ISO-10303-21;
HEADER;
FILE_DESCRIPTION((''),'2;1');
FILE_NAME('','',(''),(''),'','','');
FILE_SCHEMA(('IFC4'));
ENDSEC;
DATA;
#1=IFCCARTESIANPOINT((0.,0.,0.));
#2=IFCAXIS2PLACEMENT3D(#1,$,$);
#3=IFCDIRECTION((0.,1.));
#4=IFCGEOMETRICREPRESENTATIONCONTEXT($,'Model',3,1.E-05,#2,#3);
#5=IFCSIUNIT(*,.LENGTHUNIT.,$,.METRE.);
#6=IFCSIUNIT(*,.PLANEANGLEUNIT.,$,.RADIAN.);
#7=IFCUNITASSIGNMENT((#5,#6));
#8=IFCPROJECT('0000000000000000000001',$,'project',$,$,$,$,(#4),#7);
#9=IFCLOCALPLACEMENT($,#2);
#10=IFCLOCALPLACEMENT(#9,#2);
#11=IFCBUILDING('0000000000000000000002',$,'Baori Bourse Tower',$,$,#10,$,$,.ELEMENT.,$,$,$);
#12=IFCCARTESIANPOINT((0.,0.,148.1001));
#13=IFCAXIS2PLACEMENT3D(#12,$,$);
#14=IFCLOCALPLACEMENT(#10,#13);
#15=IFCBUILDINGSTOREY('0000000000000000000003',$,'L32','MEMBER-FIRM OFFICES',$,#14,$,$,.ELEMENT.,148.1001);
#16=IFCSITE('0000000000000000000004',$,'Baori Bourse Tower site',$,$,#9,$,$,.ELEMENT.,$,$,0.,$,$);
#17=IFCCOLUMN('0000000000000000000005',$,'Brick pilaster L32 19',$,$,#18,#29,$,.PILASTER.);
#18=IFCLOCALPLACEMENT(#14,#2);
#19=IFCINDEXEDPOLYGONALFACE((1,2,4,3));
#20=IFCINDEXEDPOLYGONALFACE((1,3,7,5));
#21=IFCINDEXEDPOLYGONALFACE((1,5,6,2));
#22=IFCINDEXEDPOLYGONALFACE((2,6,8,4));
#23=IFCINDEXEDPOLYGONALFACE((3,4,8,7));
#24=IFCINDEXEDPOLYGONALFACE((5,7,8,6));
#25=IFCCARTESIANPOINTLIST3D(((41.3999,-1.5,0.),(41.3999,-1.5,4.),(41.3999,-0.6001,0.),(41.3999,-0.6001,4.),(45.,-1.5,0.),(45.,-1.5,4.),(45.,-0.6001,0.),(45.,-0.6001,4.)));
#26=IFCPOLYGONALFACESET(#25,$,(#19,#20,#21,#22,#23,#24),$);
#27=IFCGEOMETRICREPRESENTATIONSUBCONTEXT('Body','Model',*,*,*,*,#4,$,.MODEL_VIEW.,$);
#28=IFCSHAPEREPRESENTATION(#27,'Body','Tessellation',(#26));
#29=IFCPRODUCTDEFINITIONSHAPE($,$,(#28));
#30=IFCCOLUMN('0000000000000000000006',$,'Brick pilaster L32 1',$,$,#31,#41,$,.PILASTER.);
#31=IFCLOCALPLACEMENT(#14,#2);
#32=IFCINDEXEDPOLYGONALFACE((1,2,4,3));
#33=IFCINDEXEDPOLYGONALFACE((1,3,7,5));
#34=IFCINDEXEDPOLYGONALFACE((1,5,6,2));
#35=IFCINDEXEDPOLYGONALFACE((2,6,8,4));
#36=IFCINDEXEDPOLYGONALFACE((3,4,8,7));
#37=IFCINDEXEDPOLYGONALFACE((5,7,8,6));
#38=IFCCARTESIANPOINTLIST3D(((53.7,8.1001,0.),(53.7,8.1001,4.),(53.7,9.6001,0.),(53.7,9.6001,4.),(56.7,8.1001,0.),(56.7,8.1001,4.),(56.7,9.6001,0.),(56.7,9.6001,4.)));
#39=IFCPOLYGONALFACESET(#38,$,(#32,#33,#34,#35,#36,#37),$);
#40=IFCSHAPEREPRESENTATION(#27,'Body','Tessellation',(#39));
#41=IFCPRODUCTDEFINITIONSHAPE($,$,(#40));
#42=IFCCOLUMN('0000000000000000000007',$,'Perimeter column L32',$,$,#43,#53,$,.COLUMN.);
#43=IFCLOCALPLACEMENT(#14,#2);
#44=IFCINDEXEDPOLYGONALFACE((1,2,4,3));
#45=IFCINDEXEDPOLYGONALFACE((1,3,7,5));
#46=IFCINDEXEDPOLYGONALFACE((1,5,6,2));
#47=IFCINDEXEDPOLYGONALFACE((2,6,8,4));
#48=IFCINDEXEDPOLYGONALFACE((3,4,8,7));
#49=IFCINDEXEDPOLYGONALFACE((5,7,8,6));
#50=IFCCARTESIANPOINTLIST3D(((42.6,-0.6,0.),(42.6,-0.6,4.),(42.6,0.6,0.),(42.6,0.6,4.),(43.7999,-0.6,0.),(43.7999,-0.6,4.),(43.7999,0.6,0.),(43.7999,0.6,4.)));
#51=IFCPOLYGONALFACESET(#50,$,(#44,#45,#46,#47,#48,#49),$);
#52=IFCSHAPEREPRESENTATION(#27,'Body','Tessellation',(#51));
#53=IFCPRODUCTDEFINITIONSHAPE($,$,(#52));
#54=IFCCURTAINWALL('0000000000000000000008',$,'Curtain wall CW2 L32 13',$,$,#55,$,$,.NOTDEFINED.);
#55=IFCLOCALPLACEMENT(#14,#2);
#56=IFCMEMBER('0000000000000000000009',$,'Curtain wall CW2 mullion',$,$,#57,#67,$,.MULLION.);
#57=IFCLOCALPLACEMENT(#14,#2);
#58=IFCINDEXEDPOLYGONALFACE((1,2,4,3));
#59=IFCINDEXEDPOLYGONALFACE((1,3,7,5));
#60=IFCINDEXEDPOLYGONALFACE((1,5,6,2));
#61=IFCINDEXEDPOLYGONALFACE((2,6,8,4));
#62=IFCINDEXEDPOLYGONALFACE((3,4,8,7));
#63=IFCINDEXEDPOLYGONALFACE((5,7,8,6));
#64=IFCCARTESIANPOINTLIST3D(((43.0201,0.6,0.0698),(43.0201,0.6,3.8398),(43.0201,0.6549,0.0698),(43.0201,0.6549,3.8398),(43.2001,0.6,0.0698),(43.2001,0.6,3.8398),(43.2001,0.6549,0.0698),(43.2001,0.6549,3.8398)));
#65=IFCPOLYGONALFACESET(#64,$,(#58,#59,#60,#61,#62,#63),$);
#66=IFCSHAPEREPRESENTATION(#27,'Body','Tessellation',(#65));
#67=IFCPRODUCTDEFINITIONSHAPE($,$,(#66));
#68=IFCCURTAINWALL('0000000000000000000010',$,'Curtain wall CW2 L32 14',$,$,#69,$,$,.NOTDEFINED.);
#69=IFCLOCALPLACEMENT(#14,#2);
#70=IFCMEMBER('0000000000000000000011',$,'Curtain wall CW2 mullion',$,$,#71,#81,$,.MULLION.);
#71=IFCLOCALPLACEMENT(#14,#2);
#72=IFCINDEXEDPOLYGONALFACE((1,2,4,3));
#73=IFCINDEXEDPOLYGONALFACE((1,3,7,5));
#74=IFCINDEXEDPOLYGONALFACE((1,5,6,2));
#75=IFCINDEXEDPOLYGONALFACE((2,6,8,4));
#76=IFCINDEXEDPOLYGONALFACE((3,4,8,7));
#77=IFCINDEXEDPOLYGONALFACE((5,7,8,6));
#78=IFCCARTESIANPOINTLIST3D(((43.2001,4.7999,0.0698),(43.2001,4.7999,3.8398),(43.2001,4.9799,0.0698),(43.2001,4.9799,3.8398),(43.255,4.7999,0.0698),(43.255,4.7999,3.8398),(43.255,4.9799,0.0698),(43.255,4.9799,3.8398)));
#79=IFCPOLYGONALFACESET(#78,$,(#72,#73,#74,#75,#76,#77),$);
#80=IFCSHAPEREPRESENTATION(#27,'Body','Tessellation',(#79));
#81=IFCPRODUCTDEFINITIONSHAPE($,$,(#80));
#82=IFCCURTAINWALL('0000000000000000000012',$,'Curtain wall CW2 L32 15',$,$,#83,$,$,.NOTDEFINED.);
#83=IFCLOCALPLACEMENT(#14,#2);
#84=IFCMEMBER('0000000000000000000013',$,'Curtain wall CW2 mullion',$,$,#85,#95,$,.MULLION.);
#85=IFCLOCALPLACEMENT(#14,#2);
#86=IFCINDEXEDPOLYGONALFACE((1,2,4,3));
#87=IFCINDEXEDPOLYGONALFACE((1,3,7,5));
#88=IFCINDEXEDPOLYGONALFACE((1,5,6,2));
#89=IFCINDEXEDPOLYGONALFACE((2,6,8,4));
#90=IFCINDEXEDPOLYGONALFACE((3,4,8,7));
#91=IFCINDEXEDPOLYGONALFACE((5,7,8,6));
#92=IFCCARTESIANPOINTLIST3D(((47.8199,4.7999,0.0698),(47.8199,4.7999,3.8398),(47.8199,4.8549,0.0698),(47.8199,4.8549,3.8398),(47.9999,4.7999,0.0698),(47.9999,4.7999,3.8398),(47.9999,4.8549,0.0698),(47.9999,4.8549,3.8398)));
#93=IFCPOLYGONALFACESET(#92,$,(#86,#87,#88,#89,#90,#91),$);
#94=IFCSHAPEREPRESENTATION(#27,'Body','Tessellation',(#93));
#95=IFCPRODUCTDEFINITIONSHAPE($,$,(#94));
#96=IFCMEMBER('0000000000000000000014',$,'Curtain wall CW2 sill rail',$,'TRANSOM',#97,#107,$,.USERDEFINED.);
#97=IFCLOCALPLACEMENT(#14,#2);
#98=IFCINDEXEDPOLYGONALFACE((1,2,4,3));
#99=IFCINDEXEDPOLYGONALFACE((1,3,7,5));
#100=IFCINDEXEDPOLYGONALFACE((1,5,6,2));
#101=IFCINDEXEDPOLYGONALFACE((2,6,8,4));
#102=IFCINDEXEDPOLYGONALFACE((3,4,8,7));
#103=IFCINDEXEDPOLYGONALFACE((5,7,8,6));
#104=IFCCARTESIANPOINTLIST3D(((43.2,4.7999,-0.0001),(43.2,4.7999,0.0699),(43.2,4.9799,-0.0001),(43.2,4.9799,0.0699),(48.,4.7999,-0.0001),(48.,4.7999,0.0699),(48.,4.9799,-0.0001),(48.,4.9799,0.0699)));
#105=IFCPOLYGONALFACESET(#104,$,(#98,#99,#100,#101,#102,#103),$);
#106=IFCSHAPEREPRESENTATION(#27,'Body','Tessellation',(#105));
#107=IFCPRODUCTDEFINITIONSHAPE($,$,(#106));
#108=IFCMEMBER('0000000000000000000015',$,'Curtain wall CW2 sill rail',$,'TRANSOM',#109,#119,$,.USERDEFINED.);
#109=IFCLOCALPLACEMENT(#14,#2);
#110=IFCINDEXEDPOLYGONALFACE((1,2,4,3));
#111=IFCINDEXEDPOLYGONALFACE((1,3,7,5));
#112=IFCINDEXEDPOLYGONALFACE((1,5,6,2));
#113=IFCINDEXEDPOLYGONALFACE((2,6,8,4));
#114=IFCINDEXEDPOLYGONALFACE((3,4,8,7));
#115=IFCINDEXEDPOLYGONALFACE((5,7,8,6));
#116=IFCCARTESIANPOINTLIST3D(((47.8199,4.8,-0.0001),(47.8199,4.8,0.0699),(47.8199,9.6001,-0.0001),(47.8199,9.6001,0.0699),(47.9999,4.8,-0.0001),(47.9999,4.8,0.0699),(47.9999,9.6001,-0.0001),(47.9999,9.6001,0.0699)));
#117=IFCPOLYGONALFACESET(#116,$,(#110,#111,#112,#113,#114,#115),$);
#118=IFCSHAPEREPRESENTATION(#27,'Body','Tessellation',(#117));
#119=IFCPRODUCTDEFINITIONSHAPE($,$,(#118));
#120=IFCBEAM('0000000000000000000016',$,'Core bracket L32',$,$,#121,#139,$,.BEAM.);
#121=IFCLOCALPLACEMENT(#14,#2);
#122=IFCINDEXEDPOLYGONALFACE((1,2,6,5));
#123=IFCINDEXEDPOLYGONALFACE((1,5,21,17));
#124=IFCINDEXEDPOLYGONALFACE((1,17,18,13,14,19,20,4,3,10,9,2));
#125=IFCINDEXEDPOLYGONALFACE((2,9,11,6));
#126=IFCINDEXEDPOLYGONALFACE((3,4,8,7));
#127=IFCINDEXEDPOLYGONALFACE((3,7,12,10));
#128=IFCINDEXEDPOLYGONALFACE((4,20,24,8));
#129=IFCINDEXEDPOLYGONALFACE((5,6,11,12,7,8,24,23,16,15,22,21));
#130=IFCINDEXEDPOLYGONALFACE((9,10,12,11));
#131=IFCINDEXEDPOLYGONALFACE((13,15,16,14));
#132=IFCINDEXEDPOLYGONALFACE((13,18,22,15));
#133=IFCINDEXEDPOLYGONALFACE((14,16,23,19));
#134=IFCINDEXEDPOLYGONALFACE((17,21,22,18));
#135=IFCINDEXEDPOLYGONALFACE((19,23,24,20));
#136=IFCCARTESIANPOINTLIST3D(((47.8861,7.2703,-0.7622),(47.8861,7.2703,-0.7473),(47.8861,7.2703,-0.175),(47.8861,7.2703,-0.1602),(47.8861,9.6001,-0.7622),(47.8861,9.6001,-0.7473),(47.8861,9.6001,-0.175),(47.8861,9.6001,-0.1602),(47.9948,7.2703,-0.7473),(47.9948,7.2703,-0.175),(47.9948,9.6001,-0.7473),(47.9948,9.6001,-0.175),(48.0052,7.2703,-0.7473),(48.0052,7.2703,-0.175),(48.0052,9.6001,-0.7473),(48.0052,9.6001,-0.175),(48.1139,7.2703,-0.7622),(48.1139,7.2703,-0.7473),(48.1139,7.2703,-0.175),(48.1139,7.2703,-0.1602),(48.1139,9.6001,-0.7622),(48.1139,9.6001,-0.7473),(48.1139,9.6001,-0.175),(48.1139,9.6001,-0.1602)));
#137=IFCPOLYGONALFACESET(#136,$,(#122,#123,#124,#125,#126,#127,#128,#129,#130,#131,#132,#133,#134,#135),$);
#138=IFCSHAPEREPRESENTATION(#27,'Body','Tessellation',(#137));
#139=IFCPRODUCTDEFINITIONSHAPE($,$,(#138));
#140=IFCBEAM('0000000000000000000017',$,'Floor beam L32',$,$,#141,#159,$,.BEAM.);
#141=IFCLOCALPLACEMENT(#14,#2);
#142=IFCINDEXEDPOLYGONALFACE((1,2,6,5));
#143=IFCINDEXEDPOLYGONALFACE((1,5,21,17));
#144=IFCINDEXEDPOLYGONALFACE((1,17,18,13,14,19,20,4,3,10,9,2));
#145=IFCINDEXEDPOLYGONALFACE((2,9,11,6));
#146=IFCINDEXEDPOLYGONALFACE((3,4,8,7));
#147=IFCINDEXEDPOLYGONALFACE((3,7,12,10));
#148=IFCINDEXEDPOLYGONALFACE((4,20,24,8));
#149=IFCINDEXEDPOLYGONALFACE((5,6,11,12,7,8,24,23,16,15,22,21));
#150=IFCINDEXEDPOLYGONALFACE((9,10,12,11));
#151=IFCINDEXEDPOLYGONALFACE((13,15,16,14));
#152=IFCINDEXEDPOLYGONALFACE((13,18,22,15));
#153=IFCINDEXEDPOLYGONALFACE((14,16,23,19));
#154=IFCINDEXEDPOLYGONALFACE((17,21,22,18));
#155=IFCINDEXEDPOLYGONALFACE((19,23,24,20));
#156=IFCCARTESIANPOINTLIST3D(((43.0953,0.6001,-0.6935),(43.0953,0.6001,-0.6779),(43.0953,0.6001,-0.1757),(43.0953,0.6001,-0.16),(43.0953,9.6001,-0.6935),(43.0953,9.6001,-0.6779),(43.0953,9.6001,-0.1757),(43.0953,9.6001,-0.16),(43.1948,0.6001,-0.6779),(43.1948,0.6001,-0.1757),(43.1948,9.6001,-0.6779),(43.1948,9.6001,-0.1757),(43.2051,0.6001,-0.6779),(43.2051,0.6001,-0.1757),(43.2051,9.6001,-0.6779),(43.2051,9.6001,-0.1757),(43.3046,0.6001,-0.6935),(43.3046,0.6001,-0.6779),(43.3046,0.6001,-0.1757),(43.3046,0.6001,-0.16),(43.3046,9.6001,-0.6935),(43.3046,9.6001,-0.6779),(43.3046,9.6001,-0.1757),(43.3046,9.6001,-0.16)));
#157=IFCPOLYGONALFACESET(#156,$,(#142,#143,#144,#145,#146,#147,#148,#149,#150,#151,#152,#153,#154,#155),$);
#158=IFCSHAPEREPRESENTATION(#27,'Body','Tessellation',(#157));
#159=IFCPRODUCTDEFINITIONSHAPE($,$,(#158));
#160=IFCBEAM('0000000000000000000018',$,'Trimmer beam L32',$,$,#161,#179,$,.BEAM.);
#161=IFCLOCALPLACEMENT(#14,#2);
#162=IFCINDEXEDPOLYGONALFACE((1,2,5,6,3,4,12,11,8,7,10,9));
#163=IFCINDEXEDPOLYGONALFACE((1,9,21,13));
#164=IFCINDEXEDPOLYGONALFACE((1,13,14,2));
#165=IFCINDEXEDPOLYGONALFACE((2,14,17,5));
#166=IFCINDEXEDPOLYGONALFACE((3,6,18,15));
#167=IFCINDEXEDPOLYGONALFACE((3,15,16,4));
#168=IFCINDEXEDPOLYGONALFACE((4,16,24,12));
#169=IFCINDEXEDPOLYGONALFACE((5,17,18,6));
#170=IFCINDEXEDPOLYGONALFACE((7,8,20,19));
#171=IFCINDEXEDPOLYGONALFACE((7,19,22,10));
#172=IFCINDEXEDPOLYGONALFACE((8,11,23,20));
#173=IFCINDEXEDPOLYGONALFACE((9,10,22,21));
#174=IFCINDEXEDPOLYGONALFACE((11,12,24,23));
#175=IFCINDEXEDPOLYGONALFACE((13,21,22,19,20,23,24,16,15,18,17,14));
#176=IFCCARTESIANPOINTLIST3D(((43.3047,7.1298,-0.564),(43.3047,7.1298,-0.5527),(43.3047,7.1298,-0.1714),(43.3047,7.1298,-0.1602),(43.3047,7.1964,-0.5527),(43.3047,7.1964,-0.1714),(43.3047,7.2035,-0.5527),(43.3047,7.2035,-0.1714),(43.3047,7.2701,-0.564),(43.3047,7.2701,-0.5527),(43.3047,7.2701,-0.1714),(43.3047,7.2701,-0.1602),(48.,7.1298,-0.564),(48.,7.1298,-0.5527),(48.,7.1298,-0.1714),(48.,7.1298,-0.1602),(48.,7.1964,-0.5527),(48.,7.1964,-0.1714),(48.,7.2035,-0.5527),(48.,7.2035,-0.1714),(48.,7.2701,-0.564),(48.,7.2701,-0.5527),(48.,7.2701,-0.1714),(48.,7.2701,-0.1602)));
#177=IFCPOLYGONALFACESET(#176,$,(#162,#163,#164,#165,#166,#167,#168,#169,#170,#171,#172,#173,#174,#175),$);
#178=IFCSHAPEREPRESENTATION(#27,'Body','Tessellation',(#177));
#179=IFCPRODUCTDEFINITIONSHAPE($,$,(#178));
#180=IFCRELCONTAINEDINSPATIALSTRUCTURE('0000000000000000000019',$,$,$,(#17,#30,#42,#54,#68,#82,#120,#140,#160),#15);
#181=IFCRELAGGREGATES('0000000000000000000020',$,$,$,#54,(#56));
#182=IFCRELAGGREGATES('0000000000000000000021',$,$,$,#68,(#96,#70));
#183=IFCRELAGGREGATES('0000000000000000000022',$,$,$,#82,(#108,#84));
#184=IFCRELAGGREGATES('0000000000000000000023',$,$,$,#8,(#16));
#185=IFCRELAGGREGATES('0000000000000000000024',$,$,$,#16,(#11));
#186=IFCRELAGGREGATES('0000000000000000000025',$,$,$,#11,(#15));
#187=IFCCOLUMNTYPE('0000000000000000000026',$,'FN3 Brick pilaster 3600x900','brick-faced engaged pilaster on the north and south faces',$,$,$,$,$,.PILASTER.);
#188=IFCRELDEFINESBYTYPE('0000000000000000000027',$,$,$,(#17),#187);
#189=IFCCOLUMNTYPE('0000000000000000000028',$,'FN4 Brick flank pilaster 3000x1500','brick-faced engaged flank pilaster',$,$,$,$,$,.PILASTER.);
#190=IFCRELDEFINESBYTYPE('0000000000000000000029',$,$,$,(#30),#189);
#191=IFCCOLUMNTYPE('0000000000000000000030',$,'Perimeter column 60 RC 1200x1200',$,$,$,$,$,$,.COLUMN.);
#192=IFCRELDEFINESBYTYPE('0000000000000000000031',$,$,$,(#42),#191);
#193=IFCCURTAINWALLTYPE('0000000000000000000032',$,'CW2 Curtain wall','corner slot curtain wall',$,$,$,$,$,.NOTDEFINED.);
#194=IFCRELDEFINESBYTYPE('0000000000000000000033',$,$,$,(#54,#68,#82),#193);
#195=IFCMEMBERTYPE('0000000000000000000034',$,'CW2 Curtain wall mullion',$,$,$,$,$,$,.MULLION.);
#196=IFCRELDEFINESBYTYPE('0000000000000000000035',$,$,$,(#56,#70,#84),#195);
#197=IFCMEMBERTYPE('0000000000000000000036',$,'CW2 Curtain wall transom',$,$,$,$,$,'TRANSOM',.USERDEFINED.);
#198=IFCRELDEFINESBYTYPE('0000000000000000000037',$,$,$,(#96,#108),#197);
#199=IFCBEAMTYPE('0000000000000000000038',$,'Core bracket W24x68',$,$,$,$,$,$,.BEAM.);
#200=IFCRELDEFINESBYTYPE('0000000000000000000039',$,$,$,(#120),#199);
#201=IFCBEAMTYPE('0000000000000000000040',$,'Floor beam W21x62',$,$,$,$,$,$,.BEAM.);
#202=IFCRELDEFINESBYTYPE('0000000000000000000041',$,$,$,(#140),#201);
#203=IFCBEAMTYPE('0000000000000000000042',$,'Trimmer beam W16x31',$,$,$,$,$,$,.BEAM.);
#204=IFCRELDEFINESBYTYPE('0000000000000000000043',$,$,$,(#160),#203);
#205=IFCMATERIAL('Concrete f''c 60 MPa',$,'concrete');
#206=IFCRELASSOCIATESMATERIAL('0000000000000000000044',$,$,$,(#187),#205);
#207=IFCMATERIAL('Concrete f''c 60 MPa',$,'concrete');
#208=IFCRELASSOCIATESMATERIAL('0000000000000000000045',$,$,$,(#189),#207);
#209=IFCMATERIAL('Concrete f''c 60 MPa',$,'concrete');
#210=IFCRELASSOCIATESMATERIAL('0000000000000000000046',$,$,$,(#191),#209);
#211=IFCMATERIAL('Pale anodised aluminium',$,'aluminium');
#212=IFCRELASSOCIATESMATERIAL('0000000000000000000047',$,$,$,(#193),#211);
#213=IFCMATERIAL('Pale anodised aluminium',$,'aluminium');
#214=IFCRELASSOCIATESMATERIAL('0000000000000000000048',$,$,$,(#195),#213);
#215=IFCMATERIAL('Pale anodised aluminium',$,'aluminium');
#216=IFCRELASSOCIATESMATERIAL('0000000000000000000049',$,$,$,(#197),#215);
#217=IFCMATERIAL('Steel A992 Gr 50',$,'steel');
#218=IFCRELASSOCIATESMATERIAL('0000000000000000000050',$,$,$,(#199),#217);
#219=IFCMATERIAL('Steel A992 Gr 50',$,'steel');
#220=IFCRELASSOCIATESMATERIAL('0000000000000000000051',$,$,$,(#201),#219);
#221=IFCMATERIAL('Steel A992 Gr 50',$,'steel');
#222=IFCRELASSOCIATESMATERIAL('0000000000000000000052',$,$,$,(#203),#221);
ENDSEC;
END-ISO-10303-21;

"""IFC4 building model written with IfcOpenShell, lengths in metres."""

from ifc_helpers import new_model, si_unit, direction, frame, origin, origin_2d, place, context, subcontext, project, spatial, rectangle, i_section, extrude, material, material_profile, profile_set, type_object, element, aggregate, save


model = new_model("IFC4")

# Units and contexts
model_context = context("Model", 3, precision=1e-05, world=origin(), true_north=direction((0.0, 1.0)))
body_context = subcontext(model_context, "Body", "Model", "MODEL_VIEW")
ifc_project = project(units=[si_unit("LENGTHUNIT", "METRE"), si_unit("PLANEANGLEUNIT", "RADIAN")], contexts=[model_context])

# Site, building, storey
site_placement = place(None, origin())
site = spatial("IfcSite", under=ifc_project, at=site_placement, Name="Baori Bourse Tower site", CompositionType="ELEMENT", RefElevation=0.0)
building_placement = place(site_placement, origin())
building = spatial("IfcBuilding", under=site, at=building_placement, Name="Baori Bourse Tower", CompositionType="ELEMENT")
storey_placement = place(building_placement, frame((0.0, 0.0, 148.1001)))
storey = spatial("IfcBuildingStorey", under=building, at=storey_placement, Name="L32", Description="MEMBER-FIRM OFFICES", CompositionType="ELEMENT", Elevation=148.1001)

# Columns
ifc_material_1 = material(Name="Concrete f'c 60 MPa", Category="concrete")
ifc_material_profile_1 = material_profile(ifc_material_1, rectangle(XDim=3.6001, YDim=0.8999, at=origin_2d()), Name="RC 3600x900")
ifc_profile_set_1 = profile_set([ifc_material_profile_1], Name="Concrete f'c 60 MPa")
column_type_1 = type_object("IfcColumnType", Name="FN3 Brick pilaster 3600x900", Description="brick-faced engaged pilaster on the north and south faces", PredefinedType="PILASTER", material=ifc_profile_set_1)
column_1_placement = place(storey_placement, frame((43.2, -1.05, 0.0), z_axis=(0.0, 0.0, 1.0), x_axis=(1.0, 0.0, 0.0)))
element("IfcColumn", 1, at=column_1_placement, inside=storey, type_object=column_type_1, Name="Brick pilaster L32 19", PredefinedType="PILASTER", context=body_context, shape_type="SweptSolid", body=[
    extrude(rectangle(XDim=3.6001, YDim=0.8999, at=origin_2d()), origin(), (0.0, 0.0, 1.0), 4.0),
])
ifc_material_2 = material(Name="Concrete f'c 60 MPa", Category="concrete")
ifc_material_profile_2 = material_profile(ifc_material_2, rectangle(XDim=3.0, YDim=1.5, at=origin_2d()), Name="RC 3000x1500")
ifc_profile_set_2 = profile_set([ifc_material_profile_2], Name="Concrete f'c 60 MPa")
column_type_2 = type_object("IfcColumnType", Name="FN4 Brick flank pilaster 3000x1500", Description="brick-faced engaged flank pilaster", PredefinedType="PILASTER", material=ifc_profile_set_2)
column_2_placement = place(storey_placement, frame((55.2, 8.8501, 0.0), z_axis=(0.0, 0.0, 1.0), x_axis=(1.0, 0.0, 0.0)))
element("IfcColumn", 2, at=column_2_placement, inside=storey, type_object=column_type_2, Name="Brick pilaster L32 1", PredefinedType="PILASTER", context=body_context, shape_type="SweptSolid", body=[
    extrude(rectangle(XDim=3.0, YDim=1.5, at=origin_2d()), origin(), (0.0, 0.0, 1.0), 4.0),
])
ifc_material_3 = material(Name="Concrete f'c 60 MPa", Category="concrete")
ifc_material_profile_3 = material_profile(ifc_material_3, rectangle(XDim=1.2, YDim=1.2, at=origin_2d()), Name="RC 1200x1200")
ifc_profile_set_3 = profile_set([ifc_material_profile_3], Name="Concrete f'c 60 MPa")
column_type_3 = type_object("IfcColumnType", Name="Perimeter column 60 RC 1200x1200", PredefinedType="COLUMN", material=ifc_profile_set_3)
column_3_placement = place(storey_placement, frame((43.2, 0.0, 0.0), z_axis=(0.0, 0.0, 1.0), x_axis=(1.0, 0.0, 0.0)))
element("IfcColumn", 3, at=column_3_placement, inside=storey, type_object=column_type_3, Name="Perimeter column L32", PredefinedType="COLUMN", context=body_context, shape_type="SweptSolid", body=[
    extrude(rectangle(XDim=1.2, YDim=1.2, at=origin_2d()), origin(), (0.0, 0.0, 1.0), 4.0),
])

# Curtain walls, members
ifc_material_4 = material(Name="Pale anodised aluminium", Category="aluminium")
curtain_wall_type = type_object("IfcCurtainWallType", Name="CW2 Curtain wall", Description="corner slot curtain wall", PredefinedType="NOTDEFINED", material=ifc_material_4)
curtain_wall_1_placement = place(storey_placement, origin())
curtain_wall_1 = element("IfcCurtainWall", 4, at=curtain_wall_1_placement, inside=storey, type_object=curtain_wall_type, Name="Curtain wall CW2 L32 13", PredefinedType="NOTDEFINED")
ifc_material_5 = material(Name="Pale anodised aluminium", Category="aluminium")
ifc_material_profile_4 = material_profile(ifc_material_5, rectangle(XDim=0.1799, YDim=0.0549, at=origin_2d()), Name="Mullion 55x180")
ifc_profile_set_4 = profile_set([ifc_material_profile_4], Name="Pale anodised aluminium")
member_type_1 = type_object("IfcMemberType", Name="CW2 Curtain wall mullion", PredefinedType="MULLION", material=ifc_profile_set_4)
member_1_placement = place(storey_placement, frame((43.1101, 0.6274, 0.0698), z_axis=(0.0, 0.0, 1.0), x_axis=(-1.0, 0.0, 0.0)))
member_1 = element("IfcMember", 5, at=member_1_placement, type_object=member_type_1, Name="Curtain wall CW2 mullion", PredefinedType="MULLION", context=body_context, shape_type="SweptSolid", body=[
    extrude(rectangle(XDim=0.1799, YDim=0.0549, at=origin_2d()), origin(), (0.0, 0.0, 1.0), 3.77),
])
curtain_wall_2_placement = place(storey_placement, origin())
curtain_wall_2 = element("IfcCurtainWall", 6, at=curtain_wall_2_placement, inside=storey, type_object=curtain_wall_type, Name="Curtain wall CW2 L32 14", PredefinedType="NOTDEFINED")
member_2_placement = place(storey_placement, frame((43.2275, 4.8899, 0.0698), z_axis=(0.0, 0.0, 1.0), x_axis=(0.0, 1.0, 0.0)))
member_2 = element("IfcMember", 7, at=member_2_placement, type_object=member_type_1, Name="Curtain wall CW2 mullion", PredefinedType="MULLION", context=body_context, shape_type="SweptSolid", body=[
    extrude(rectangle(XDim=0.1799, YDim=0.0549, at=origin_2d()), origin(), (0.0, 0.0, 1.0), 3.77),
])
curtain_wall_3_placement = place(storey_placement, origin())
curtain_wall_3 = element("IfcCurtainWall", 8, at=curtain_wall_3_placement, inside=storey, type_object=curtain_wall_type, Name="Curtain wall CW2 L32 15", PredefinedType="NOTDEFINED")
member_3_placement = place(storey_placement, frame((47.9099, 4.8274, 0.0698), z_axis=(0.0, 0.0, 1.0), x_axis=(-1.0, 0.0, 0.0)))
member_3 = element("IfcMember", 9, at=member_3_placement, type_object=member_type_1, Name="Curtain wall CW2 mullion", PredefinedType="MULLION", context=body_context, shape_type="SweptSolid", body=[
    extrude(rectangle(XDim=0.1799, YDim=0.0549, at=origin_2d()), origin(), (0.0, 0.0, 1.0), 3.77),
])

# Members
ifc_material_6 = material(Name="Pale anodised aluminium", Category="aluminium")
ifc_material_profile_5 = material_profile(ifc_material_6, rectangle(XDim=0.1799, YDim=0.0701, at=origin_2d()), Name="Transom 70x180")
ifc_profile_set_5 = profile_set([ifc_material_profile_5], Name="Pale anodised aluminium")
member_type_2 = type_object("IfcMemberType", Name="CW2 Curtain wall transom", ElementType="TRANSOM", PredefinedType="USERDEFINED", material=ifc_profile_set_5)
member_4_placement = place(storey_placement, frame((43.2, 4.8899, 0.0349), z_axis=(1.0, 0.0, 0.0), x_axis=(0.0, 1.0, 0.0)))
member_4 = element("IfcMember", 10, at=member_4_placement, type_object=member_type_2, Name="Curtain wall CW2 sill rail", ObjectType="TRANSOM", PredefinedType="USERDEFINED", context=body_context, shape_type="SweptSolid", body=[
    extrude(rectangle(XDim=0.1799, YDim=0.0701, at=origin_2d()), origin(), (0.0, 0.0, 1.0), 4.8),
])
member_5_placement = place(storey_placement, frame((47.9099, 4.8, 0.0349), z_axis=(0.0, 1.0, 0.0), x_axis=(-1.0, 0.0, 0.0)))
member_5 = element("IfcMember", 11, at=member_5_placement, type_object=member_type_2, Name="Curtain wall CW2 sill rail", ObjectType="TRANSOM", PredefinedType="USERDEFINED", context=body_context, shape_type="SweptSolid", body=[
    extrude(rectangle(XDim=0.1799, YDim=0.0701, at=origin_2d()), origin(), (0.0, 0.0, 1.0), 4.8),
])

# Beams
ifc_material_7 = material(Name="Steel A992 Gr 50", Category="steel")
ifc_material_profile_6 = material_profile(ifc_material_7, i_section(OverallWidth=0.2278, OverallDepth=0.6021, WebThickness=0.0105, FlangeThickness=0.0149, at=origin_2d()), Name="W24x68")
ifc_profile_set_6 = profile_set([ifc_material_profile_6], Name="Steel A992 Gr 50")
beam_type_1 = type_object("IfcBeamType", Name="Core bracket W24x68", PredefinedType="BEAM", material=ifc_profile_set_6)
beam_1_placement = place(storey_placement, frame((48.0, 7.2703, -0.4612), z_axis=(0.0, 1.0, 0.0), x_axis=(-1.0, 0.0, 0.0)))
element("IfcBeam", 12, at=beam_1_placement, inside=storey, type_object=beam_type_1, Name="Core bracket L32", PredefinedType="BEAM", context=body_context, shape_type="SweptSolid", body=[
    extrude(i_section(OverallWidth=0.2278, OverallDepth=0.6021, WebThickness=0.0105, FlangeThickness=0.0149, at=origin_2d()), origin(), (0.0, 0.0, 1.0), 2.3298),
])
ifc_material_8 = material(Name="Steel A992 Gr 50", Category="steel")
ifc_material_profile_7 = material_profile(ifc_material_8, i_section(OverallWidth=0.2092, OverallDepth=0.5334, WebThickness=0.0103, FlangeThickness=0.0156, at=origin_2d()), Name="W21x62")
ifc_profile_set_7 = profile_set([ifc_material_profile_7], Name="Steel A992 Gr 50")
beam_type_2 = type_object("IfcBeamType", Name="Floor beam W21x62", PredefinedType="BEAM", material=ifc_profile_set_7)
beam_2_placement = place(storey_placement, frame((43.2, 0.6001, -0.4268), z_axis=(0.0, 1.0, 0.0), x_axis=(-1.0, 0.0, 0.0)))
element("IfcBeam", 13, at=beam_2_placement, inside=storey, type_object=beam_type_2, Name="Floor beam L32", PredefinedType="BEAM", context=body_context, shape_type="SweptSolid", body=[
    extrude(i_section(OverallWidth=0.2092, OverallDepth=0.5334, WebThickness=0.0103, FlangeThickness=0.0156, at=origin_2d()), origin(), (0.0, 0.0, 1.0), 9.0),
])
ifc_material_9 = material(Name="Steel A992 Gr 50", Category="steel")
ifc_material_profile_8 = material_profile(ifc_material_9, i_section(OverallWidth=0.1404, OverallDepth=0.4038, WebThickness=0.0071, FlangeThickness=0.0112, at=origin_2d()), Name="W16x31")
ifc_profile_set_8 = profile_set([ifc_material_profile_8], Name="Steel A992 Gr 50")
beam_type_3 = type_object("IfcBeamType", Name="Trimmer beam W16x31", PredefinedType="BEAM", material=ifc_profile_set_8)
beam_3_placement = place(storey_placement, frame((43.3047, 7.2, -0.3621), z_axis=(1.0, 0.0, 0.0), x_axis=(0.0, 1.0, 0.0)))
element("IfcBeam", 14, at=beam_3_placement, inside=storey, type_object=beam_type_3, Name="Trimmer beam L32", PredefinedType="BEAM", context=body_context, shape_type="SweptSolid", body=[
    extrude(i_section(OverallWidth=0.1404, OverallDepth=0.4038, WebThickness=0.0071, FlangeThickness=0.0112, at=origin_2d()), origin(), (0.0, 0.0, 1.0), 4.6953),
])

aggregate(curtain_wall_1, [member_1])
aggregate(curtain_wall_2, [member_4, member_2])
aggregate(curtain_wall_3, [member_5, member_3])

save(model, "model.ifc")
